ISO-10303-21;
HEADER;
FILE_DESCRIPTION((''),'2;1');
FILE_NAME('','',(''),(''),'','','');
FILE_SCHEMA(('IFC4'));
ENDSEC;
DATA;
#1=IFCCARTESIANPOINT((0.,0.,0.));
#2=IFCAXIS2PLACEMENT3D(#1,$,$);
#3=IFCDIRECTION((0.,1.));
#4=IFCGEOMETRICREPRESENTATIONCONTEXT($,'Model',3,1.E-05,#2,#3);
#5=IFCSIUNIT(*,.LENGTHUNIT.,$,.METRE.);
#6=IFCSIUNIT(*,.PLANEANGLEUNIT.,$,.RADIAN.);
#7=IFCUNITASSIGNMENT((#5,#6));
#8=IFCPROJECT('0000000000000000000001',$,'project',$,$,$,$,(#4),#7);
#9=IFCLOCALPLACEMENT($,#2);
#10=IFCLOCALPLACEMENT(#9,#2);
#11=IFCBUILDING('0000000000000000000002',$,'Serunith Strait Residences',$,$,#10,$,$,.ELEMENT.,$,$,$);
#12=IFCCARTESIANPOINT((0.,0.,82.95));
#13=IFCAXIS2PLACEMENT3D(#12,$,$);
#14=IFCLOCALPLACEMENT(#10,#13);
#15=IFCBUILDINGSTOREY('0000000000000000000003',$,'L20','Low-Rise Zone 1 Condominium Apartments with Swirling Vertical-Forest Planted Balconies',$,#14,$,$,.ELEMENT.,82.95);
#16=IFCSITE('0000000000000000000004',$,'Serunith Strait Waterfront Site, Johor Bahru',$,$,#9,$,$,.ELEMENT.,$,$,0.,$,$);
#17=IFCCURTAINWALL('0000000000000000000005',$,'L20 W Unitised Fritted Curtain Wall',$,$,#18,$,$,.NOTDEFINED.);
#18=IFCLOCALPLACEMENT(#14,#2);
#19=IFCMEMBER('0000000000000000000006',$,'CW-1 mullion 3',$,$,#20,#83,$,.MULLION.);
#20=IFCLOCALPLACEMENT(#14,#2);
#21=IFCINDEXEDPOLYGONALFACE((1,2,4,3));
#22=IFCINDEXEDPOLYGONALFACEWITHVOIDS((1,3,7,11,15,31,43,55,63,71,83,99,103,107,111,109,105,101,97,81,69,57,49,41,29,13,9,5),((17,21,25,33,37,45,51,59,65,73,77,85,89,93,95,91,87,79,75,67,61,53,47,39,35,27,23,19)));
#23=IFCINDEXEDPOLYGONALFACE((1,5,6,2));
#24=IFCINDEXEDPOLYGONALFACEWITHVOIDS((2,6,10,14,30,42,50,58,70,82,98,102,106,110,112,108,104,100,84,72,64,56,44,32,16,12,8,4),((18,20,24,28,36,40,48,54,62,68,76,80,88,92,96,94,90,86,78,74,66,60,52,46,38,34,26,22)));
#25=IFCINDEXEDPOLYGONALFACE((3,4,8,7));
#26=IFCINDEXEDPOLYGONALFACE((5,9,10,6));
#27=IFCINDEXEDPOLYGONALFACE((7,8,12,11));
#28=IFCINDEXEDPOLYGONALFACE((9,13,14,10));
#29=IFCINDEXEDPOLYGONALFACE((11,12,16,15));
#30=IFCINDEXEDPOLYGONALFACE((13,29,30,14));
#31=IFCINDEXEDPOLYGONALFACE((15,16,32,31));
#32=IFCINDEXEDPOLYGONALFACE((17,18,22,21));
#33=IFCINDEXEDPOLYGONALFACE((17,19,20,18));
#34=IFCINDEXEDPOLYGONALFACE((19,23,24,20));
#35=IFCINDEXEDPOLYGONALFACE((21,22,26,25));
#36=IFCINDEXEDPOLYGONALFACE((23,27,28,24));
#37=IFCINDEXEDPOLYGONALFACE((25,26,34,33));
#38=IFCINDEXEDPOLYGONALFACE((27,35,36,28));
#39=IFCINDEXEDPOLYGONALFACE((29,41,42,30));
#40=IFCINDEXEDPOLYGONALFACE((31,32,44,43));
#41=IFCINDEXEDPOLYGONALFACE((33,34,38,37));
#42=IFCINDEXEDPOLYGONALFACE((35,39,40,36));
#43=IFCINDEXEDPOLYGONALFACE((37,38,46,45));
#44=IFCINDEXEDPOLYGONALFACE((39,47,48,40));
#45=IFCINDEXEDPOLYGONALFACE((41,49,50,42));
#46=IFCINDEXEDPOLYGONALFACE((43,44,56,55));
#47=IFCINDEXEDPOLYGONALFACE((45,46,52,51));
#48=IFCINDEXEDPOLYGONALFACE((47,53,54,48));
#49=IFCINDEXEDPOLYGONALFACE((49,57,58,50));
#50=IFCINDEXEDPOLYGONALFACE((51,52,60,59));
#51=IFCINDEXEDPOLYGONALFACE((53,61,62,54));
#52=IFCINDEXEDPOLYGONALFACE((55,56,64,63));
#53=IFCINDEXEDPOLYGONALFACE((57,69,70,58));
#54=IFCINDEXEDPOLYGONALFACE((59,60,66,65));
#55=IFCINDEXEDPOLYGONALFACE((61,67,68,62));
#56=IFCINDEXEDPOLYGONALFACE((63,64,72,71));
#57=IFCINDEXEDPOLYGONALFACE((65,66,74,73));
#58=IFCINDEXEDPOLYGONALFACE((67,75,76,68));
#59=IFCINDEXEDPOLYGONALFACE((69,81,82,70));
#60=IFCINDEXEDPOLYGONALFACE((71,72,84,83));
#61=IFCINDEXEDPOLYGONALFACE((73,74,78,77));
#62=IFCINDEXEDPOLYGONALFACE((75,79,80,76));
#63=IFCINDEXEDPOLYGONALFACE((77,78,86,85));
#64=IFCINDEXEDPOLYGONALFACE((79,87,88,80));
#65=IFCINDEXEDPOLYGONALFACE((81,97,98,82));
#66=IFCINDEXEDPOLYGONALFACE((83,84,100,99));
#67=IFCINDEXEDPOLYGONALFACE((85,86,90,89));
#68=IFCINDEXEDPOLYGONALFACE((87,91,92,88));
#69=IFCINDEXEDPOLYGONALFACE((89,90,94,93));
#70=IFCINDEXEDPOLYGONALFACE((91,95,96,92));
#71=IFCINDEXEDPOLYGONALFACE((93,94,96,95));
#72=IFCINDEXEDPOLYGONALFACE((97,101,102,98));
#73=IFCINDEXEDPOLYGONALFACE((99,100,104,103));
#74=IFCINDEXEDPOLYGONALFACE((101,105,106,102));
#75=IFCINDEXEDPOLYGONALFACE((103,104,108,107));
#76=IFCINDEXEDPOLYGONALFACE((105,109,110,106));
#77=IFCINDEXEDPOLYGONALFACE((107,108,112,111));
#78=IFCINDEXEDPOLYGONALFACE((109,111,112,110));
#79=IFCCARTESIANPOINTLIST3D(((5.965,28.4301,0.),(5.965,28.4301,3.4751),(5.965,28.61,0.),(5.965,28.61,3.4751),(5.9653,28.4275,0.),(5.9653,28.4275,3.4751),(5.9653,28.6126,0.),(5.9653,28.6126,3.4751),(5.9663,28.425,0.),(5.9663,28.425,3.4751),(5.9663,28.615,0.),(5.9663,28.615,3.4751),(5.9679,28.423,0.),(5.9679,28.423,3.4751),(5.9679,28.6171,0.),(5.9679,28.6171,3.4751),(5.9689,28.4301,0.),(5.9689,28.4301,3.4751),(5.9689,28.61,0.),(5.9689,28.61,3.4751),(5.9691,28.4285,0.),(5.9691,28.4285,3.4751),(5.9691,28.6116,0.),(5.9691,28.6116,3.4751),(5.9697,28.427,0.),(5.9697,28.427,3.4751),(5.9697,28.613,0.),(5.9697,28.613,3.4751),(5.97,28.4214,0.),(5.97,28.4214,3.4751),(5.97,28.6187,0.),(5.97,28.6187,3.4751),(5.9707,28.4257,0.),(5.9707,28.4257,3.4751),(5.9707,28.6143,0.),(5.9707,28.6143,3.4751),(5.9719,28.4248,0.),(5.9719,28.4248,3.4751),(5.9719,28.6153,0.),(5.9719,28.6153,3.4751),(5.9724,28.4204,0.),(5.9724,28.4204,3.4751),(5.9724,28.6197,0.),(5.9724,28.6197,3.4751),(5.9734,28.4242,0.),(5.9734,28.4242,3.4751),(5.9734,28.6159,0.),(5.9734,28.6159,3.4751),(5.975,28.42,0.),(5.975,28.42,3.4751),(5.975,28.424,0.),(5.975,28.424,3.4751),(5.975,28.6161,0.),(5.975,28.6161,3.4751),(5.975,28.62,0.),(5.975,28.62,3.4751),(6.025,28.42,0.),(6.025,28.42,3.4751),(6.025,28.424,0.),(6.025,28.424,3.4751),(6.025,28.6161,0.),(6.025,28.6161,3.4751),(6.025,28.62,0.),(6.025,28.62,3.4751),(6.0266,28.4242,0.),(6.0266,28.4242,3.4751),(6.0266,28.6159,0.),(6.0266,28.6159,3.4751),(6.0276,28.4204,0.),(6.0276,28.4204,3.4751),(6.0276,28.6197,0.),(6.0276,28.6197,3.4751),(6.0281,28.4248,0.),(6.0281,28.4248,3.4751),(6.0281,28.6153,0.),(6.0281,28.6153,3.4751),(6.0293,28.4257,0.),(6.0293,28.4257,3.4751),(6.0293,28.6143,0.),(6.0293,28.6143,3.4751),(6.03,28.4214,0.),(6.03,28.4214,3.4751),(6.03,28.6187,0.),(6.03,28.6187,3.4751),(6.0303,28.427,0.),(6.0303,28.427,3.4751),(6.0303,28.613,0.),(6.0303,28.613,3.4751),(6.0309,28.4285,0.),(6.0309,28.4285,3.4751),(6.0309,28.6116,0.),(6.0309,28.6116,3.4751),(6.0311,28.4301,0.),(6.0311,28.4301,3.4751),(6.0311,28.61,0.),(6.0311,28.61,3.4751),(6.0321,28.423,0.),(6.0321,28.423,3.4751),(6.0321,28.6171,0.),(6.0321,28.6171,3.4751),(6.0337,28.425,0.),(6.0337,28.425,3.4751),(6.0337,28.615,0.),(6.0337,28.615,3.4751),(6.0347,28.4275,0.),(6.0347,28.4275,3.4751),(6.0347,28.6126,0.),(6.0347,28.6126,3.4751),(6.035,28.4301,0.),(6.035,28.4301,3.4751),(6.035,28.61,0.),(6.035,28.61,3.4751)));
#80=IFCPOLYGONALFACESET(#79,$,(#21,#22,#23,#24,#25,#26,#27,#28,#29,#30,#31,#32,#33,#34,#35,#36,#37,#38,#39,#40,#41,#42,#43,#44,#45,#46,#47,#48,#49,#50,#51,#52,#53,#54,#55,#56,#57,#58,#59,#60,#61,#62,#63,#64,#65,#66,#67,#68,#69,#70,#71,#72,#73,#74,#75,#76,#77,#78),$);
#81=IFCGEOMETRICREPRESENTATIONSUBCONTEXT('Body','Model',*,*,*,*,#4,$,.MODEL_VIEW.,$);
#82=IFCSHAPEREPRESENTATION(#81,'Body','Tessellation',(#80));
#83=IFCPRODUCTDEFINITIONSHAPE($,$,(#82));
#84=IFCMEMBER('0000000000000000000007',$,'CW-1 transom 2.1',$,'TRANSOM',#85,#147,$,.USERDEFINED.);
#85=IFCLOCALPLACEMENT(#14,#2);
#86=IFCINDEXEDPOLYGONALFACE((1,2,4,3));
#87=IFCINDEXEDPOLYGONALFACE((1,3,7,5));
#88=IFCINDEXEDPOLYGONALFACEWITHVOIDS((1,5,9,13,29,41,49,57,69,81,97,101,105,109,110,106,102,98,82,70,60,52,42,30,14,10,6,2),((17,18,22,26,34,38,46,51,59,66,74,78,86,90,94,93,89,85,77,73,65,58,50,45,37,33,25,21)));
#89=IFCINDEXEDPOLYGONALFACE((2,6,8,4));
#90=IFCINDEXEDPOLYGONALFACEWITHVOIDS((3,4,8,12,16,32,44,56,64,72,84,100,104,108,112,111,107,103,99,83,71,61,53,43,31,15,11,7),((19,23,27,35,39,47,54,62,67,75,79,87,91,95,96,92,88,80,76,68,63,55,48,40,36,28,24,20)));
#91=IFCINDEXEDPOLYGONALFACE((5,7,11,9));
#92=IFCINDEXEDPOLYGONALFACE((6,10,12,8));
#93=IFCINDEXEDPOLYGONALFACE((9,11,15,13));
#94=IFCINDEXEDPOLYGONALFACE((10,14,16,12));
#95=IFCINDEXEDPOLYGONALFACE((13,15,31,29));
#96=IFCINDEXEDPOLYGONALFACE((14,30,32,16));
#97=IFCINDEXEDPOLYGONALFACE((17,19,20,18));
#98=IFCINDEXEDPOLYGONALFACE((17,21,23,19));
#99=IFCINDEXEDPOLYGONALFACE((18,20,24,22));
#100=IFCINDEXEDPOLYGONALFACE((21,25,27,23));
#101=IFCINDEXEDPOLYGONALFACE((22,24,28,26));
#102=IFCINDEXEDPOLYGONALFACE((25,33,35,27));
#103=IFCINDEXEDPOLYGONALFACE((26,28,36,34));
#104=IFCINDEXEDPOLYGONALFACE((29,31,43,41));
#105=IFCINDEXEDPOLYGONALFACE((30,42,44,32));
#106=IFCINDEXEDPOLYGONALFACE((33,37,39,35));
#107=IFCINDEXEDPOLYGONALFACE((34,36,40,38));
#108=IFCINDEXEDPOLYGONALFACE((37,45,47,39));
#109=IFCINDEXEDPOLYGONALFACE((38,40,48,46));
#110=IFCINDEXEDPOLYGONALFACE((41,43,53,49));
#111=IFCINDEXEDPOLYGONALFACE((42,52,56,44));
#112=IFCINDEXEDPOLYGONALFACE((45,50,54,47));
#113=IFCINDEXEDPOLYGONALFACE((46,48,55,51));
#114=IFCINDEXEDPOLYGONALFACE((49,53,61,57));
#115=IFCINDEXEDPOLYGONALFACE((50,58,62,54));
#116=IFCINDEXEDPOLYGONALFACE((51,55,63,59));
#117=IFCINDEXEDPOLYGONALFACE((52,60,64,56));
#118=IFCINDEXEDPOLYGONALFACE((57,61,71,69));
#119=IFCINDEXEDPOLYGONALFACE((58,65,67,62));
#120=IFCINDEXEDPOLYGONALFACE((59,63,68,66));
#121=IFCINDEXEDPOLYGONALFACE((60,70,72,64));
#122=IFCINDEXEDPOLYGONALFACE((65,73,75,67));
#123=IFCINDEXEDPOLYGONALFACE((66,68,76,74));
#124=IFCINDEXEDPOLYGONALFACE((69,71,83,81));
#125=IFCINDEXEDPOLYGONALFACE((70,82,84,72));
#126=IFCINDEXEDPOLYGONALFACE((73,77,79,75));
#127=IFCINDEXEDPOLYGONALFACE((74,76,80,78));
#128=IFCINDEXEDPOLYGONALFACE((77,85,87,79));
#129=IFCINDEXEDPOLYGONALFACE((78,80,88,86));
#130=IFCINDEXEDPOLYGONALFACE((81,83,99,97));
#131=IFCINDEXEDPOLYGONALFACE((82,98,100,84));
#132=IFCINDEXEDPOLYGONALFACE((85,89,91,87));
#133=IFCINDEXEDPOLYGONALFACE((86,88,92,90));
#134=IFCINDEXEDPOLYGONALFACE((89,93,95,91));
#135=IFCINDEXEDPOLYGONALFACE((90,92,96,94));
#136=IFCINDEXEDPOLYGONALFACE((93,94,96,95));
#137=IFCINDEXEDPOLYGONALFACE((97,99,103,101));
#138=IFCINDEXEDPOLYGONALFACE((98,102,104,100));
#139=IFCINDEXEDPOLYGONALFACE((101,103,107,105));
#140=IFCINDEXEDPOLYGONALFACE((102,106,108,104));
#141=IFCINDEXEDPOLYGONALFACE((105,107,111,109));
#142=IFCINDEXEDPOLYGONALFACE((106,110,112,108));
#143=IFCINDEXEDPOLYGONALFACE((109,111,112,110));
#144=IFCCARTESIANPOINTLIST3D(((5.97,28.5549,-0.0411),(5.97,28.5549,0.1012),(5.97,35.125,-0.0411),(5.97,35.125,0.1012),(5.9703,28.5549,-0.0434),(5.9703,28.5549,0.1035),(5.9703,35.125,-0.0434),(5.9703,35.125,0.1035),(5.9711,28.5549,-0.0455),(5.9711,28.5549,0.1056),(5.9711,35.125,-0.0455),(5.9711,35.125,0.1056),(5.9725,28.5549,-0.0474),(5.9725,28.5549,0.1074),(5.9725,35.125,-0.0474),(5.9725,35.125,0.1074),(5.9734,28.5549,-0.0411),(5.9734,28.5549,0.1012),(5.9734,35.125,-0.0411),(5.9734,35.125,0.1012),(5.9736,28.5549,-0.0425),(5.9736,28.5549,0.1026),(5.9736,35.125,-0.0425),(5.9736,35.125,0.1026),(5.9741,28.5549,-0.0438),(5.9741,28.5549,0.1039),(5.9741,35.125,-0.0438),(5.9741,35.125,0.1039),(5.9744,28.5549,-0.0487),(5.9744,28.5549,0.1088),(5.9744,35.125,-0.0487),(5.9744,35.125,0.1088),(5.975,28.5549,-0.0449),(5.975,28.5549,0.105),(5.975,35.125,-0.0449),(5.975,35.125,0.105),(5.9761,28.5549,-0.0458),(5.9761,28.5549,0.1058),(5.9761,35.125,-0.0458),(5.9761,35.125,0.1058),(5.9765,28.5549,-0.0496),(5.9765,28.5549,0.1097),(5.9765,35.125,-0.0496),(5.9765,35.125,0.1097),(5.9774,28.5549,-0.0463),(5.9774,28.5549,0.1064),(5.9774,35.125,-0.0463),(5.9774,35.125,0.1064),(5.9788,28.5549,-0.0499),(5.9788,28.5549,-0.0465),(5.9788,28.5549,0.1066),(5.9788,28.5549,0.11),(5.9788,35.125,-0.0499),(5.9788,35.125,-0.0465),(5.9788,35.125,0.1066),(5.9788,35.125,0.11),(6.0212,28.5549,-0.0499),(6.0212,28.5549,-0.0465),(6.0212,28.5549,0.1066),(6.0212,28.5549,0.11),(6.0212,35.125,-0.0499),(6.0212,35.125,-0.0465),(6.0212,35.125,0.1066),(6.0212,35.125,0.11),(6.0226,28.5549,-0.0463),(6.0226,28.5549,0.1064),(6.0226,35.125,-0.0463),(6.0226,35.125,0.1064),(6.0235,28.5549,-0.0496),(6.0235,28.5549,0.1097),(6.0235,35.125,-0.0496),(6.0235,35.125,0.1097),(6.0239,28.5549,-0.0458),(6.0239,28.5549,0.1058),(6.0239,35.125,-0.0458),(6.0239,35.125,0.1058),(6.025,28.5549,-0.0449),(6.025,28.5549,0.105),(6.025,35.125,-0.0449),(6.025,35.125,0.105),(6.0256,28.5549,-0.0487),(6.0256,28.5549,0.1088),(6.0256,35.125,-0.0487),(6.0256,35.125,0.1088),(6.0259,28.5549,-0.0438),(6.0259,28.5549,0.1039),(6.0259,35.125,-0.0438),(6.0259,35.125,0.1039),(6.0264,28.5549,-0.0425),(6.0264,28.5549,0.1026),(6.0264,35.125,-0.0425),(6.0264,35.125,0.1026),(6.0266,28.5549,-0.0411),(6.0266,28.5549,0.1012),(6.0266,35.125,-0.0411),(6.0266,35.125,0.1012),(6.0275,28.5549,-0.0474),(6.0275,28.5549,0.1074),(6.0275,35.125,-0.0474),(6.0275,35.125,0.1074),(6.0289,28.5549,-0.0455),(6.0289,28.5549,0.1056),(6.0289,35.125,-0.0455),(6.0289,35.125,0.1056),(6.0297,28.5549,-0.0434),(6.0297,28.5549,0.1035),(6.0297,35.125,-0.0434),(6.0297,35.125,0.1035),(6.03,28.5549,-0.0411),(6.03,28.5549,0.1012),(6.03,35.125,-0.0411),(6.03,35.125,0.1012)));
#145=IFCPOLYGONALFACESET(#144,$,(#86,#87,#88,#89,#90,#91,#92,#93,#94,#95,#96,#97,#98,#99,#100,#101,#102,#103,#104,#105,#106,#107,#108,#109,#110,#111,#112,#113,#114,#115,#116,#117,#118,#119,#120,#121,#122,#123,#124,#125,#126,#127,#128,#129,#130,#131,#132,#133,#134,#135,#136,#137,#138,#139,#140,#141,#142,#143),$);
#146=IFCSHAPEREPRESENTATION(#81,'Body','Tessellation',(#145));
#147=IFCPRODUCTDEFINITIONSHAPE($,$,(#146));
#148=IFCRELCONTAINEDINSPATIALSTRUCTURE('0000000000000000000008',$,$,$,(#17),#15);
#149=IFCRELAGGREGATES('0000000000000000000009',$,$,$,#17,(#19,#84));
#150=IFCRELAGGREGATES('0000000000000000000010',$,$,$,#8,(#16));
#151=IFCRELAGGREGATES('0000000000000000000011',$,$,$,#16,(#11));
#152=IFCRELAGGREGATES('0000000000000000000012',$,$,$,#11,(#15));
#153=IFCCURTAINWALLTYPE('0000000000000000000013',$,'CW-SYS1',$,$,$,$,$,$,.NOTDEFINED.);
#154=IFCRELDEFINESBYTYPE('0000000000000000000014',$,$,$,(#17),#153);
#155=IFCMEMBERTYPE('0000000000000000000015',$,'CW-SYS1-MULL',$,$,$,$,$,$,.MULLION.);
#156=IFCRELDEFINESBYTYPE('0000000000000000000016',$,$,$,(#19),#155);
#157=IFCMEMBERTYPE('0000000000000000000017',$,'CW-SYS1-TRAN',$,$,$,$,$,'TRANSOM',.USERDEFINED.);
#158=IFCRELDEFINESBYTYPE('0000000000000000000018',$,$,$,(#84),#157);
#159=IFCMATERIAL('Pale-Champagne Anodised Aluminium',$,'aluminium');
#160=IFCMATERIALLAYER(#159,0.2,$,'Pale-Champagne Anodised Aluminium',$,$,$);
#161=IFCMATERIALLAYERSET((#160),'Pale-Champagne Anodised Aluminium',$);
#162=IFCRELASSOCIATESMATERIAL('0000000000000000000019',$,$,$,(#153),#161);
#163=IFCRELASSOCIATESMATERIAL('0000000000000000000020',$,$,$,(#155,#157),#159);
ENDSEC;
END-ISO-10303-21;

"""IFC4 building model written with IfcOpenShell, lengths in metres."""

from ifc_helpers import new_model, si_unit, direction, frame, origin, origin_2d, place, context, subcontext, project, spatial, hollow_rectangle, extrude, source, transform, mapped, material, layer, layer_set, material_profile, profile_set, type_object, element, aggregate, save


model = new_model("IFC4")

# Units and contexts
model_context = context("Model", 3, precision=1e-05, world=origin(), true_north=direction((0.0, 1.0)))
body_context = subcontext(model_context, "Body", "Model", "MODEL_VIEW")
ifc_project = project(units=[si_unit("LENGTHUNIT", "METRE"), si_unit("PLANEANGLEUNIT", "RADIAN")], contexts=[model_context])

# Site, building, storey
site_placement = place(None, origin())
site = spatial("IfcSite", under=ifc_project, at=site_placement, Name="Serunith Strait Waterfront Site, Johor Bahru", CompositionType="ELEMENT", RefElevation=0.0)
building_placement = place(site_placement, origin())
building = spatial("IfcBuilding", under=site, at=building_placement, Name="Serunith Strait Residences", CompositionType="ELEMENT")
storey_placement = place(building_placement, frame((0.0, 0.0, 82.95)))
storey = spatial("IfcBuildingStorey", under=building, at=storey_placement, Name="L20", Description="Low-Rise Zone 1 Condominium Apartments with Swirling Vertical-Forest Planted Balconies", CompositionType="ELEMENT", Elevation=82.95)

# Curtain wall, members
ifc_material_1 = material(Name="Pale-Champagne Anodised Aluminium", Category="aluminium")
ifc_layer_1 = layer(ifc_material_1, 0.2, Name="Pale-Champagne Anodised Aluminium")
ifc_layer_set_1 = layer_set([ifc_layer_1], Name="Pale-Champagne Anodised Aluminium")
curtain_wall_type = type_object("IfcCurtainWallType", Name="CW-SYS1", PredefinedType="NOTDEFINED", material=ifc_layer_set_1)
curtain_wall_placement = place(storey_placement, origin())
curtain_wall = element("IfcCurtainWall", 1, at=curtain_wall_placement, inside=storey, type_object=curtain_wall_type, Name="L20 W Unitised Fritted Curtain Wall", PredefinedType="NOTDEFINED")
ifc_material_profile_1 = material_profile(ifc_material_1, hollow_rectangle(XDim=0.0701, YDim=0.2, WallThickness=0.0039, InnerFilletRadius=0.0061, OuterFilletRadius=0.01, at=origin_2d()), Name="ALU 200x70x4")
ifc_profile_set_1 = profile_set([ifc_material_profile_1], Name="Pale-Champagne Anodised Aluminium")
member_type_1 = type_object("IfcMemberType", Name="CW-SYS1-MULL", PredefinedType="MULLION", material=ifc_profile_set_1)
shared_shape_1 = source(origin(), body_context, "Body", "SweptSolid", [
    extrude(hollow_rectangle(XDim=0.0701, YDim=0.2, WallThickness=0.0039, InnerFilletRadius=0.0061, OuterFilletRadius=0.01, at=origin_2d()), origin(), (0.0, 0.0, 1.0), 3.4751),
])
member_1_placement = place(storey_placement, frame((6.0, 28.52, 0.0), z_axis=(0.0, 0.0, 1.0), x_axis=(1.0, 0.0, 0.0)))
member_1 = element("IfcMember", 2, at=member_1_placement, type_object=member_type_1, Name="CW-1 mullion 3", PredefinedType="MULLION", context=body_context, shape_type="MappedRepresentation", body=[
    mapped(shared_shape_1, transform((0.0, 0.0, 0.0), scale=1.0)),
])
ifc_material_profile_2 = material_profile(ifc_material_1, hollow_rectangle(XDim=0.0601, YDim=0.1599, WallThickness=0.0034, InnerFilletRadius=0.0054, OuterFilletRadius=0.0088, at=origin_2d()), Name="ALU 160x60x3.5")
ifc_profile_set_2 = profile_set([ifc_material_profile_2], Name="Pale-Champagne Anodised Aluminium")
member_type_2 = type_object("IfcMemberType", Name="CW-SYS1-TRAN", ElementType="TRANSOM", PredefinedType="USERDEFINED", material=ifc_profile_set_2)
shared_shape_2 = source(origin(), body_context, "Body", "SweptSolid", [
    extrude(hollow_rectangle(XDim=0.0601, YDim=0.1599, WallThickness=0.0034, InnerFilletRadius=0.0054, OuterFilletRadius=0.0088, at=origin_2d()), origin(), (0.0, 0.0, 1.0), 6.5701),
])
member_2_placement = place(storey_placement, frame((6.0, 35.125, 0.03), z_axis=(0.0, -1.0, 0.0), x_axis=(1.0, 0.0, 0.0)))
member_2 = element("IfcMember", 3, at=member_2_placement, type_object=member_type_2, Name="CW-1 transom 2.1", ObjectType="TRANSOM", PredefinedType="USERDEFINED", context=body_context, shape_type="MappedRepresentation", body=[
    mapped(shared_shape_2, transform((0.0, 0.0, 0.0), scale=1.0)),
])
aggregate(curtain_wall, [member_1, member_2])

save(model, "model.ifc")
